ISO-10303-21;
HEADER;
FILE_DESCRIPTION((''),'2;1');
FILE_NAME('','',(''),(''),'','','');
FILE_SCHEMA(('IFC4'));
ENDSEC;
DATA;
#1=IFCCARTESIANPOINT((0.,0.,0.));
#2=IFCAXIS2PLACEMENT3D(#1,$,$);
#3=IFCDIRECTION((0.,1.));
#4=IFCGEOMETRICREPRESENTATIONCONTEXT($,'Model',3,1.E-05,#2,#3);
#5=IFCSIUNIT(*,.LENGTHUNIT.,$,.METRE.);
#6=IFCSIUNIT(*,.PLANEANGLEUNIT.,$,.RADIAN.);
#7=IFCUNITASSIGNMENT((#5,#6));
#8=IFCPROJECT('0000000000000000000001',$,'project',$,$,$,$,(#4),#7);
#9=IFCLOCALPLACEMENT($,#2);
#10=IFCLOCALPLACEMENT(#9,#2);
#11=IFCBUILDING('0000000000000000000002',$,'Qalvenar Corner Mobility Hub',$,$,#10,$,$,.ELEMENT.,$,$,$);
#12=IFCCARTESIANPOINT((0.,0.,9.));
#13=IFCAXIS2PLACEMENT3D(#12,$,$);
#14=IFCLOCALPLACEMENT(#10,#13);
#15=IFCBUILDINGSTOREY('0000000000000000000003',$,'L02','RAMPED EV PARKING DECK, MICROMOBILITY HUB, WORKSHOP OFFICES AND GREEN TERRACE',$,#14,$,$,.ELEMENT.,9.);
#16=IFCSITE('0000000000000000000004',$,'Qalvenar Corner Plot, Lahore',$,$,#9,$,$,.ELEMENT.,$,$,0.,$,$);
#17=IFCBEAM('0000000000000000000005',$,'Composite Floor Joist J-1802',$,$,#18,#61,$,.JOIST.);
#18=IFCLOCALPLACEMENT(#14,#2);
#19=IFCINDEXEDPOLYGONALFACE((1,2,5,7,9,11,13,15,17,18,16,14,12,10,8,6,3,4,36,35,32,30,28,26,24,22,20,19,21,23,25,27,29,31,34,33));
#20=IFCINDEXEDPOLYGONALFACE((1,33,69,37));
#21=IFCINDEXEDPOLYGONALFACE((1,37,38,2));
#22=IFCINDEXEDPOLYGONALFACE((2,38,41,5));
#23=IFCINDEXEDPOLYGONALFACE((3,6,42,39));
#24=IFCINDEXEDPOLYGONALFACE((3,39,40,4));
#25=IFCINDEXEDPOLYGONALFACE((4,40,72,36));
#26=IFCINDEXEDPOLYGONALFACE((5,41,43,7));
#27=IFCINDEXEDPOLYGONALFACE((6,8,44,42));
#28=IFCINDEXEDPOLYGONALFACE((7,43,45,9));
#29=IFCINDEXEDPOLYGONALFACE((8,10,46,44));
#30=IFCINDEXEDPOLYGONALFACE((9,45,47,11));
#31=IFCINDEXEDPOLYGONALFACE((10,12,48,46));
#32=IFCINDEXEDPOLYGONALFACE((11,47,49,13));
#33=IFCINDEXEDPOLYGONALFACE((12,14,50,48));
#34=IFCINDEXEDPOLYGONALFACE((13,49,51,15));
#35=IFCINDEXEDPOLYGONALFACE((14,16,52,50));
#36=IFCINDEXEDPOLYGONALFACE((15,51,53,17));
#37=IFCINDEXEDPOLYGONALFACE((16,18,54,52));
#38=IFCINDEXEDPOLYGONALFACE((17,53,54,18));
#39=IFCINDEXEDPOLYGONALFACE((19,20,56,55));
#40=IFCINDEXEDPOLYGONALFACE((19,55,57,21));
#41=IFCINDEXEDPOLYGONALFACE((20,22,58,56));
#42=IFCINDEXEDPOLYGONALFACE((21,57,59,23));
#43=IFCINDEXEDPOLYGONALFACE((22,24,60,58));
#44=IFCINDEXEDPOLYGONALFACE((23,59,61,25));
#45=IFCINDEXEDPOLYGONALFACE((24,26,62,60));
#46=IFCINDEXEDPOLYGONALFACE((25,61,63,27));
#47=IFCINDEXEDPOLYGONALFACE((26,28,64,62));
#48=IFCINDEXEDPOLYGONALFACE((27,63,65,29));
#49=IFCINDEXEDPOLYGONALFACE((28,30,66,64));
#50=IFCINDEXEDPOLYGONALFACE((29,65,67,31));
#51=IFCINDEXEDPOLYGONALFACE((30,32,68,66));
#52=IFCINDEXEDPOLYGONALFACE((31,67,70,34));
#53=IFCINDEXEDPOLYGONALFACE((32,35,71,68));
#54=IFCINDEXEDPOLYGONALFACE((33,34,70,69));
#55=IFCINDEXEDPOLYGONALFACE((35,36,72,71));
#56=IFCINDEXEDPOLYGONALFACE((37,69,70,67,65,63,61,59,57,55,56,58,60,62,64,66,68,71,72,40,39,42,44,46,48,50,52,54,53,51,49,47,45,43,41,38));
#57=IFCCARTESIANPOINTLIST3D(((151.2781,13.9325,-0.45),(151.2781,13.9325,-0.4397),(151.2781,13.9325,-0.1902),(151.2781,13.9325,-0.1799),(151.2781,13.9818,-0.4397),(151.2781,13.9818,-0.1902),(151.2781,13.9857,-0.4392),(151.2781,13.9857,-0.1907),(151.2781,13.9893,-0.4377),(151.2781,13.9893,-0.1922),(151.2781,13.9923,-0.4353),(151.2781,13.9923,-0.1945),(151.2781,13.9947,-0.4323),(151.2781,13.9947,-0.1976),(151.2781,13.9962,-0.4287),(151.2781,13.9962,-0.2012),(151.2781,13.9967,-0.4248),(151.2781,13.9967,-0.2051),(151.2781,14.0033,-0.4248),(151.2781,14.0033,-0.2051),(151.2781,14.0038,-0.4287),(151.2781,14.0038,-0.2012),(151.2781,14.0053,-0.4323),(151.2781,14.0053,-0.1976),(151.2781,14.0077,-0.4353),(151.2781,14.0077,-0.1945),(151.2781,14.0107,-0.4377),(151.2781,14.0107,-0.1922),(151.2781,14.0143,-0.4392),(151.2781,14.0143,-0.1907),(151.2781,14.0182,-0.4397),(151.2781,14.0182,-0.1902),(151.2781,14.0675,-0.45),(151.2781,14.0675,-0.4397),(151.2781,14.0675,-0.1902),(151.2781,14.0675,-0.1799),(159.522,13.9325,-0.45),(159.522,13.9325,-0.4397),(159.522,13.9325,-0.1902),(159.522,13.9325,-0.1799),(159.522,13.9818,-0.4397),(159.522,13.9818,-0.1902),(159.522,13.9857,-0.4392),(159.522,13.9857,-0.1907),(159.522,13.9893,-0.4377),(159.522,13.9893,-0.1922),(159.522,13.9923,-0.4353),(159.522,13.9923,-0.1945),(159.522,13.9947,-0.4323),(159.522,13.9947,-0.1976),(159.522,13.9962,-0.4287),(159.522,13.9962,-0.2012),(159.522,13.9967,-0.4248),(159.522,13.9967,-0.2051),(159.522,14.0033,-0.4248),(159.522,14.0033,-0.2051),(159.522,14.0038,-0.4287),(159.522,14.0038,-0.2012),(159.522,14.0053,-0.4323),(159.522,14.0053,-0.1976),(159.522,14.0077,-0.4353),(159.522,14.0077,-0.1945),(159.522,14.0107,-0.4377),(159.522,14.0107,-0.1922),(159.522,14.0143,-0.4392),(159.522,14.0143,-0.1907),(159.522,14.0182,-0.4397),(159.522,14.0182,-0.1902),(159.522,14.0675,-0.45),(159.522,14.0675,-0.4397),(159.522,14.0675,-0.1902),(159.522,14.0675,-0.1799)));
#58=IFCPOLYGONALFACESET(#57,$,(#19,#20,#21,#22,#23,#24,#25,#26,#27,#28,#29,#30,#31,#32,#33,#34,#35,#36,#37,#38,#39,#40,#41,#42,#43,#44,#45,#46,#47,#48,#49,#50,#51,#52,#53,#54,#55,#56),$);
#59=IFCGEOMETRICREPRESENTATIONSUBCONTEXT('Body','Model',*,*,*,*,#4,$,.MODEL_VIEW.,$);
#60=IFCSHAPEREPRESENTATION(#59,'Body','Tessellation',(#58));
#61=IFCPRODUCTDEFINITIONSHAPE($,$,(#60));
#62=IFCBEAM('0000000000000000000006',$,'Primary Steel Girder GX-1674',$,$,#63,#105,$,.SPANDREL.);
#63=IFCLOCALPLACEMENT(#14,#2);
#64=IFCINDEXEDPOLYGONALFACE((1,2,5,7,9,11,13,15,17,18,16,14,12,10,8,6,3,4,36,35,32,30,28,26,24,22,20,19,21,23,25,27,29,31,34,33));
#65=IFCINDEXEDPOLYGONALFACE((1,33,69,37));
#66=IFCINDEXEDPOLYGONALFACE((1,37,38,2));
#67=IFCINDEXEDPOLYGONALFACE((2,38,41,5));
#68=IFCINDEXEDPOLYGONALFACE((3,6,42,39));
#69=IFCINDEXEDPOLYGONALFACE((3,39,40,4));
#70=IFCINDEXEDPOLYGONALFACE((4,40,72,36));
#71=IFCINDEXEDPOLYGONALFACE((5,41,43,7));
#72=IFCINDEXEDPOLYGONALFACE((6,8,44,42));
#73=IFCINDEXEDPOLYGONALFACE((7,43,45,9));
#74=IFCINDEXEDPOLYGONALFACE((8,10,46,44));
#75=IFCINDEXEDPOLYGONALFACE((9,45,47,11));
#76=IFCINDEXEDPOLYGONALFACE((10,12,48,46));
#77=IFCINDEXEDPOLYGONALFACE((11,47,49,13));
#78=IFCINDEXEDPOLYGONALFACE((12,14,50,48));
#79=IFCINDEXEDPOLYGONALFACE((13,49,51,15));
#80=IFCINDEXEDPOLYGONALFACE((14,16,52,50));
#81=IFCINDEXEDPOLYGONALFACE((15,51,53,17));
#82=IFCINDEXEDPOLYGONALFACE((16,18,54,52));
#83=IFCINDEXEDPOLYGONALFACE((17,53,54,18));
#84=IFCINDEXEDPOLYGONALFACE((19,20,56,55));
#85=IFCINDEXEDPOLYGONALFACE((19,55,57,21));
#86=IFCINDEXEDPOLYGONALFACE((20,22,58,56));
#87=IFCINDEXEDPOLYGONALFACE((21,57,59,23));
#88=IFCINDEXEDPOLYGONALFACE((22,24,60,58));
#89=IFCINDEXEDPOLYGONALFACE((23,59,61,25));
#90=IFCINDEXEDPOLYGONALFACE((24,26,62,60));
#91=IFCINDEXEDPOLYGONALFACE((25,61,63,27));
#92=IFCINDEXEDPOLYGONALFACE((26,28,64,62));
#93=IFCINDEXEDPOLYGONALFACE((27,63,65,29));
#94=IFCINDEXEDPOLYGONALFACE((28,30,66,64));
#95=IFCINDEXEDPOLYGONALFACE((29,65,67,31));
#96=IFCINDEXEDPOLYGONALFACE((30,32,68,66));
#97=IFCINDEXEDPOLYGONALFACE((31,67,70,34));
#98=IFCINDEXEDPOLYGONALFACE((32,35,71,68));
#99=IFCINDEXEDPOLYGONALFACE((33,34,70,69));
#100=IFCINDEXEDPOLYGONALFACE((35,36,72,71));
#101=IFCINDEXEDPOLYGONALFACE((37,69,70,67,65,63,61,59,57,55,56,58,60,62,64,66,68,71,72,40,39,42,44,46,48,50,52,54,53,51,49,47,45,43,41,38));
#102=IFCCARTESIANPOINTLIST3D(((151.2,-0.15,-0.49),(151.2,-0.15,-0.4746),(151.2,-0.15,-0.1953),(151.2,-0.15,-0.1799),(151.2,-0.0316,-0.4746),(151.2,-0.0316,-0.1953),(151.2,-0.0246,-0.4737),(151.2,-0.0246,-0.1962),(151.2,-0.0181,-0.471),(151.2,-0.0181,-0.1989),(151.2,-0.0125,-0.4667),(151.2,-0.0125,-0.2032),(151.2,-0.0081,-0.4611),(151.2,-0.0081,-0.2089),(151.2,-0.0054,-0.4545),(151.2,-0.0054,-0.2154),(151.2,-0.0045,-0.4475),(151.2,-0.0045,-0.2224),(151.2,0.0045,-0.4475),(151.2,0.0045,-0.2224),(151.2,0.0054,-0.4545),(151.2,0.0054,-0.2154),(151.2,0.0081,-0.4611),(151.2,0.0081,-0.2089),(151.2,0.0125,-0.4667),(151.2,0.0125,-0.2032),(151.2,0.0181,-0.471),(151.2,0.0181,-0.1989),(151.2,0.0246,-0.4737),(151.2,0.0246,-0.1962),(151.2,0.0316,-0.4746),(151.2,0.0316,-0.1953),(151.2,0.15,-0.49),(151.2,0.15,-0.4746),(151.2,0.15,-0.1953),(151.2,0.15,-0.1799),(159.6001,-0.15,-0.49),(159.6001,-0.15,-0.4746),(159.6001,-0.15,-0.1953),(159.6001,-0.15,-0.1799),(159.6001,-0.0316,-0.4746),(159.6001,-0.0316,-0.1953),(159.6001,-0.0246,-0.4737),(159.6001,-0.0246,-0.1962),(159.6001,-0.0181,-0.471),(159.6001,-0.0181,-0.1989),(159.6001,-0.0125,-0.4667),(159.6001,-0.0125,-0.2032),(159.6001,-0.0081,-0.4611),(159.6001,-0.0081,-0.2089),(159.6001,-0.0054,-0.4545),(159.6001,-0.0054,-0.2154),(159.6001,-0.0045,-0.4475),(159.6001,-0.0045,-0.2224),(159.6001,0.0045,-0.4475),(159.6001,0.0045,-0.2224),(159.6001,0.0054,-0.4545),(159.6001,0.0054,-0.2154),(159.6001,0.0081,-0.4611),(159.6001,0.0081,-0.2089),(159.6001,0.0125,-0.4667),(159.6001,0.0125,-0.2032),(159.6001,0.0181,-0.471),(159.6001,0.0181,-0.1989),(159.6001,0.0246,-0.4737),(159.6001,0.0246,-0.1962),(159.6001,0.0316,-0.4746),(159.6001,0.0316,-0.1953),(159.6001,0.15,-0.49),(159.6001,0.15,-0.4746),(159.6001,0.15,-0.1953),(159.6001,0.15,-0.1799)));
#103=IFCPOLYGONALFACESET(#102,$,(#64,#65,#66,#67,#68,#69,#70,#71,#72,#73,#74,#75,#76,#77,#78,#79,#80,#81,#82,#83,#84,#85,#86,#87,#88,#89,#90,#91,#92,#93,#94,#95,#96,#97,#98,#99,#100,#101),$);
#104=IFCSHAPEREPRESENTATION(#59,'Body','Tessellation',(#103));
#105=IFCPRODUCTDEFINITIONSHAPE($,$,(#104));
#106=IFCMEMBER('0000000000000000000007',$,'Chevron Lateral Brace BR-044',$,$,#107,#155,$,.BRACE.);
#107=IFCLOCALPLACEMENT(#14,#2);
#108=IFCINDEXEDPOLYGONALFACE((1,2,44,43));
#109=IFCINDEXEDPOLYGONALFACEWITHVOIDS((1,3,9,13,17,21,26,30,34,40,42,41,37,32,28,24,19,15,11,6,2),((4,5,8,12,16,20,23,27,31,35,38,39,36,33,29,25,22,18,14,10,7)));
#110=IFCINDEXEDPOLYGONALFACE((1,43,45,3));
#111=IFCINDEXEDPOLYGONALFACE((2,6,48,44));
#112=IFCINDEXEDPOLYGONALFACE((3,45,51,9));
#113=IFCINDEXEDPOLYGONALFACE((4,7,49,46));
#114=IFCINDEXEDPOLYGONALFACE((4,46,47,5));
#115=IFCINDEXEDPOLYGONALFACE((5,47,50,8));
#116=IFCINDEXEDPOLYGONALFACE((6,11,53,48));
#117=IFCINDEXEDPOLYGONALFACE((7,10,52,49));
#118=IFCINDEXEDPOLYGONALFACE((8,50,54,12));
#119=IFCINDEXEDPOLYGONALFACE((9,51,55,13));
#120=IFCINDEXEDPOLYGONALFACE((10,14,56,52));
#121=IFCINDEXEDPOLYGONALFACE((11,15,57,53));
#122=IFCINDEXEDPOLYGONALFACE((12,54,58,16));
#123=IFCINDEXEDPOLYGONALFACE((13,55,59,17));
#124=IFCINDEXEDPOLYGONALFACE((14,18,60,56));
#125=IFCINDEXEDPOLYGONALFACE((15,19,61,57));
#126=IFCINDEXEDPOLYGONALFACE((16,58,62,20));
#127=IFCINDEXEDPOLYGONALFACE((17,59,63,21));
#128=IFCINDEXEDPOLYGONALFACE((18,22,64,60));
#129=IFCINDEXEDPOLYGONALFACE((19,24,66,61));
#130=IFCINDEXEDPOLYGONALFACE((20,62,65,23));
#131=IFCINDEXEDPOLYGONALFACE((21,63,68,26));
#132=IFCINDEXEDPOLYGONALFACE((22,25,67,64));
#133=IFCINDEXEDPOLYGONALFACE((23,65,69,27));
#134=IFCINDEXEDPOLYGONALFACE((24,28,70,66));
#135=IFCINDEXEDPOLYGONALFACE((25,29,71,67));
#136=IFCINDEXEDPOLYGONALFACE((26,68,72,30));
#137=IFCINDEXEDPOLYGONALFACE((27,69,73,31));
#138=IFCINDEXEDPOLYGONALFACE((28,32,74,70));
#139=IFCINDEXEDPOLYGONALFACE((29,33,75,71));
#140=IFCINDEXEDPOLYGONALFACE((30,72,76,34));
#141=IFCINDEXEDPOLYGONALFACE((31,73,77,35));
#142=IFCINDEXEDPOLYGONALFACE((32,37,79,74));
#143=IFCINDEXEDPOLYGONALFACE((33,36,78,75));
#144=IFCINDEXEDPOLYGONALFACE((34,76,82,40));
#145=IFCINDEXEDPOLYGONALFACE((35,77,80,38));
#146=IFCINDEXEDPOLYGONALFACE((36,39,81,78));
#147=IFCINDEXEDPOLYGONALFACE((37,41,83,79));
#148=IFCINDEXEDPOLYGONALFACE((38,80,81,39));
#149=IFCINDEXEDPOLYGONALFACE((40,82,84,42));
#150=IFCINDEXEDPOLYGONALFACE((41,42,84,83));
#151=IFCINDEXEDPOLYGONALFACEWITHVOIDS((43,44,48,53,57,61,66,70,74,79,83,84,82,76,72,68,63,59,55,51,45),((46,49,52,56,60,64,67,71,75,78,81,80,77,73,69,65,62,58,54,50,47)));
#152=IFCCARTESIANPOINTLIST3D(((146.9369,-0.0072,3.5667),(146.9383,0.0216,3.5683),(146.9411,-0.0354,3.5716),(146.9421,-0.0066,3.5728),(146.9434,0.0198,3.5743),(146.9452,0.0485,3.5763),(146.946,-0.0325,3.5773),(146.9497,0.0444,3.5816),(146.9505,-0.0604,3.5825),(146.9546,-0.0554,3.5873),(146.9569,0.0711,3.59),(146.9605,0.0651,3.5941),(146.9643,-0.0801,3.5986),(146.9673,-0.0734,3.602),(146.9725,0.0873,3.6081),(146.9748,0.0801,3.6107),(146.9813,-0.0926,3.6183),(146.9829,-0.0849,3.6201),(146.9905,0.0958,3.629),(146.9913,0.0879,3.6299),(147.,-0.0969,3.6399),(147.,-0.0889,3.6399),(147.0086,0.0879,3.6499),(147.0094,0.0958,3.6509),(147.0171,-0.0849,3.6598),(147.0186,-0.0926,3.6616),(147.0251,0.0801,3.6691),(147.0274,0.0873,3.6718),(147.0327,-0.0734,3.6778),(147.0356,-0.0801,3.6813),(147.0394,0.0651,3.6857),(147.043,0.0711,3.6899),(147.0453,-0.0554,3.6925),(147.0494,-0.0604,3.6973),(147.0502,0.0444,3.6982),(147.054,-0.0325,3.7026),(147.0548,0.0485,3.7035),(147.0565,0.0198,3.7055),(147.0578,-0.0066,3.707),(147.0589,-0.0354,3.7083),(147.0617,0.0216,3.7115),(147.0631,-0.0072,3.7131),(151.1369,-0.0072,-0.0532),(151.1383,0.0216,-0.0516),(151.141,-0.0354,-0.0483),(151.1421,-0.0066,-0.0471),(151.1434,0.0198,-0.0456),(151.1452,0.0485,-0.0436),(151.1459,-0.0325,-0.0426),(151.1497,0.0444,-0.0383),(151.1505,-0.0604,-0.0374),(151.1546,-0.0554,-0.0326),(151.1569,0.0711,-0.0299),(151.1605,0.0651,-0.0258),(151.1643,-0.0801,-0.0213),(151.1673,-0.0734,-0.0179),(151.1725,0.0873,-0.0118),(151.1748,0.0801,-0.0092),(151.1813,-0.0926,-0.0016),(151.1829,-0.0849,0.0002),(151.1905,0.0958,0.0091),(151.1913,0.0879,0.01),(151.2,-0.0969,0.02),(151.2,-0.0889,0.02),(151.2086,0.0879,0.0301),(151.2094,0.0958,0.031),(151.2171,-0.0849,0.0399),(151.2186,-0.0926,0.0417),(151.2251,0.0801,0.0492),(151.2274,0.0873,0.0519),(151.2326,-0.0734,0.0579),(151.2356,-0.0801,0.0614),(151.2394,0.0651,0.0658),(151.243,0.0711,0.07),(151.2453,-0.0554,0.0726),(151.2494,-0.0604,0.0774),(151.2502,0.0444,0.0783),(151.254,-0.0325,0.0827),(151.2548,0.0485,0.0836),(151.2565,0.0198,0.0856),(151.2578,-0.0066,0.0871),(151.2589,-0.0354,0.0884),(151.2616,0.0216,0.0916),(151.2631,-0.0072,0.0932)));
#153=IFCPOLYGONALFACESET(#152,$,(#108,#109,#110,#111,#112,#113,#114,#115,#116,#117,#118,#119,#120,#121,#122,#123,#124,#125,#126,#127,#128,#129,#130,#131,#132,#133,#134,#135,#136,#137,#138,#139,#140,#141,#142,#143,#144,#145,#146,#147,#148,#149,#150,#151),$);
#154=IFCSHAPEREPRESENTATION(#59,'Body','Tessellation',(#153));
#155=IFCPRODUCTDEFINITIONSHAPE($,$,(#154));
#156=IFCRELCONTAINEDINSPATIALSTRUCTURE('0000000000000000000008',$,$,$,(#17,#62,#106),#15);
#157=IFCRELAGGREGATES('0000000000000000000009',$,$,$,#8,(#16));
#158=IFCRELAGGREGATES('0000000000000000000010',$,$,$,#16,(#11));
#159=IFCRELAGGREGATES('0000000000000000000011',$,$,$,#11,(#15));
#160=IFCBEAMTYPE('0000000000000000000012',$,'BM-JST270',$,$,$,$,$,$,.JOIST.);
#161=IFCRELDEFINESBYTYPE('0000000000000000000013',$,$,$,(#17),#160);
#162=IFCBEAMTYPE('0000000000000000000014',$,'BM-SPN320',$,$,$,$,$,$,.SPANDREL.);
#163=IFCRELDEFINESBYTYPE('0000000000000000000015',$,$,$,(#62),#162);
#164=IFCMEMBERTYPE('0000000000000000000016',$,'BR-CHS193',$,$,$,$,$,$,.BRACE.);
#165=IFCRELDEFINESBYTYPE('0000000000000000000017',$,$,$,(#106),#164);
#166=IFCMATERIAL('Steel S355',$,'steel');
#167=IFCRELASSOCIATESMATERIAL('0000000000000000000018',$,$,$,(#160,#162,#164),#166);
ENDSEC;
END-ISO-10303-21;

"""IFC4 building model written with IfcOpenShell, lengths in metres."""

from ifc_helpers import new_model, si_unit, direction, frame, origin, origin_2d, place, context, subcontext, project, spatial, hollow_circle, i_section, extrude, material, material_profile, profile_set, type_object, element, save


model = new_model("IFC4")

# Units and contexts
model_context = context("Model", 3, precision=1e-05, world=origin(), true_north=direction((0.0, 1.0)))
body_context = subcontext(model_context, "Body", "Model", "MODEL_VIEW")
ifc_project = project(units=[si_unit("LENGTHUNIT", "METRE"), si_unit("PLANEANGLEUNIT", "RADIAN")], contexts=[model_context])

# Site, building, storey
site_placement = place(None, origin())
site = spatial("IfcSite", under=ifc_project, at=site_placement, Name="Qalvenar Corner Plot, Lahore", CompositionType="ELEMENT", RefElevation=0.0)
building_placement = place(site_placement, origin())
building = spatial("IfcBuilding", under=site, at=building_placement, Name="Qalvenar Corner Mobility Hub", CompositionType="ELEMENT")
storey_placement = place(building_placement, frame((0.0, 0.0, 9.0)))
storey = spatial("IfcBuildingStorey", under=building, at=storey_placement, Name="L02", Description="RAMPED EV PARKING DECK, MICROMOBILITY HUB, WORKSHOP OFFICES AND GREEN TERRACE", CompositionType="ELEMENT", Elevation=9.0)

# Shared definitions
ifc_material_1 = material(Name="Steel S355", Category="steel")

# Beams
ifc_material_profile_1 = material_profile(ifc_material_1, i_section(OverallWidth=0.135, OverallDepth=0.27, WebThickness=0.0066, FlangeThickness=0.0103, FilletRadius=0.0149, at=origin_2d()), Name="IPE270")
ifc_profile_set_1 = profile_set([ifc_material_profile_1], Name="Steel S355")
beam_type_1 = type_object("IfcBeamType", Name="BM-JST270", PredefinedType="JOIST", material=ifc_profile_set_1)
for number, where, z_axis, x_axis, name in (
    (1, (151.2781, 14.0, -0.3149), (1.0, 0.0, 0.0), (0.0, 1.0, 0.0), "Composite Floor Joist J-1802"),
):
    element("IfcBeam", number, at=place(storey_placement, frame(where, z_axis=z_axis, x_axis=x_axis)), inside=storey, type_object=beam_type_1, Name=name, PredefinedType="JOIST", context=body_context, shape_type="SweptSolid", body=[
        extrude(i_section(OverallWidth=0.135, OverallDepth=0.27, WebThickness=0.0066, FlangeThickness=0.0103, FilletRadius=0.0149, at=origin_2d()), origin(), (0.0, 0.0, 1.0), 8.2439),
    ])
ifc_material_profile_2 = material_profile(ifc_material_1, i_section(OverallWidth=0.3, OverallDepth=0.3101, WebThickness=0.009, FlangeThickness=0.0154, FilletRadius=0.0271, at=origin_2d()), Name="HEA320")
ifc_profile_set_2 = profile_set([ifc_material_profile_2], Name="Steel S355")
beam_type_2 = type_object("IfcBeamType", Name="BM-SPN320", PredefinedType="SPANDREL", material=ifc_profile_set_2)
beam_1_placement = place(storey_placement, frame((151.2, 0.0, -0.335), z_axis=(1.0, 0.0, 0.0), x_axis=(0.0, 1.0, 0.0)))
element("IfcBeam", 2, at=beam_1_placement, inside=storey, type_object=beam_type_2, Name="Primary Steel Girder GX-1674", PredefinedType="SPANDREL", context=body_context, shape_type="SweptSolid", body=[
    extrude(i_section(OverallWidth=0.3, OverallDepth=0.3101, WebThickness=0.009, FlangeThickness=0.0154, FilletRadius=0.0271, at=origin_2d()), origin(), (0.0, 0.0, 1.0), 8.4001),
])

# Member
ifc_material_profile_3 = material_profile(ifc_material_1, hollow_circle(Radius=0.0969, WallThickness=0.0081, at=origin_2d()), Name="CHS193.7x8")
ifc_profile_set_3 = profile_set([ifc_material_profile_3], Name="Steel S355")
member_type_1 = type_object("IfcMemberType", Name="BR-CHS193", PredefinedType="BRACE", material=ifc_profile_set_3)
member_1_placement = place(storey_placement, frame((151.2, 0.0, 0.02), z_axis=(-0.757479, 0.0, 0.652859), x_axis=(0.0, -1.0, 0.0)))
element("IfcMember", 3, at=member_1_placement, inside=storey, type_object=member_type_1, Name="Chevron Lateral Brace BR-044", PredefinedType="BRACE", context=body_context, shape_type="SweptSolid", body=[
    extrude(hollow_circle(Radius=0.0969, WallThickness=0.0081, at=origin_2d()), origin(), (0.0, 0.0, 1.0), 5.5447),
])

save(model, "model.ifc")
